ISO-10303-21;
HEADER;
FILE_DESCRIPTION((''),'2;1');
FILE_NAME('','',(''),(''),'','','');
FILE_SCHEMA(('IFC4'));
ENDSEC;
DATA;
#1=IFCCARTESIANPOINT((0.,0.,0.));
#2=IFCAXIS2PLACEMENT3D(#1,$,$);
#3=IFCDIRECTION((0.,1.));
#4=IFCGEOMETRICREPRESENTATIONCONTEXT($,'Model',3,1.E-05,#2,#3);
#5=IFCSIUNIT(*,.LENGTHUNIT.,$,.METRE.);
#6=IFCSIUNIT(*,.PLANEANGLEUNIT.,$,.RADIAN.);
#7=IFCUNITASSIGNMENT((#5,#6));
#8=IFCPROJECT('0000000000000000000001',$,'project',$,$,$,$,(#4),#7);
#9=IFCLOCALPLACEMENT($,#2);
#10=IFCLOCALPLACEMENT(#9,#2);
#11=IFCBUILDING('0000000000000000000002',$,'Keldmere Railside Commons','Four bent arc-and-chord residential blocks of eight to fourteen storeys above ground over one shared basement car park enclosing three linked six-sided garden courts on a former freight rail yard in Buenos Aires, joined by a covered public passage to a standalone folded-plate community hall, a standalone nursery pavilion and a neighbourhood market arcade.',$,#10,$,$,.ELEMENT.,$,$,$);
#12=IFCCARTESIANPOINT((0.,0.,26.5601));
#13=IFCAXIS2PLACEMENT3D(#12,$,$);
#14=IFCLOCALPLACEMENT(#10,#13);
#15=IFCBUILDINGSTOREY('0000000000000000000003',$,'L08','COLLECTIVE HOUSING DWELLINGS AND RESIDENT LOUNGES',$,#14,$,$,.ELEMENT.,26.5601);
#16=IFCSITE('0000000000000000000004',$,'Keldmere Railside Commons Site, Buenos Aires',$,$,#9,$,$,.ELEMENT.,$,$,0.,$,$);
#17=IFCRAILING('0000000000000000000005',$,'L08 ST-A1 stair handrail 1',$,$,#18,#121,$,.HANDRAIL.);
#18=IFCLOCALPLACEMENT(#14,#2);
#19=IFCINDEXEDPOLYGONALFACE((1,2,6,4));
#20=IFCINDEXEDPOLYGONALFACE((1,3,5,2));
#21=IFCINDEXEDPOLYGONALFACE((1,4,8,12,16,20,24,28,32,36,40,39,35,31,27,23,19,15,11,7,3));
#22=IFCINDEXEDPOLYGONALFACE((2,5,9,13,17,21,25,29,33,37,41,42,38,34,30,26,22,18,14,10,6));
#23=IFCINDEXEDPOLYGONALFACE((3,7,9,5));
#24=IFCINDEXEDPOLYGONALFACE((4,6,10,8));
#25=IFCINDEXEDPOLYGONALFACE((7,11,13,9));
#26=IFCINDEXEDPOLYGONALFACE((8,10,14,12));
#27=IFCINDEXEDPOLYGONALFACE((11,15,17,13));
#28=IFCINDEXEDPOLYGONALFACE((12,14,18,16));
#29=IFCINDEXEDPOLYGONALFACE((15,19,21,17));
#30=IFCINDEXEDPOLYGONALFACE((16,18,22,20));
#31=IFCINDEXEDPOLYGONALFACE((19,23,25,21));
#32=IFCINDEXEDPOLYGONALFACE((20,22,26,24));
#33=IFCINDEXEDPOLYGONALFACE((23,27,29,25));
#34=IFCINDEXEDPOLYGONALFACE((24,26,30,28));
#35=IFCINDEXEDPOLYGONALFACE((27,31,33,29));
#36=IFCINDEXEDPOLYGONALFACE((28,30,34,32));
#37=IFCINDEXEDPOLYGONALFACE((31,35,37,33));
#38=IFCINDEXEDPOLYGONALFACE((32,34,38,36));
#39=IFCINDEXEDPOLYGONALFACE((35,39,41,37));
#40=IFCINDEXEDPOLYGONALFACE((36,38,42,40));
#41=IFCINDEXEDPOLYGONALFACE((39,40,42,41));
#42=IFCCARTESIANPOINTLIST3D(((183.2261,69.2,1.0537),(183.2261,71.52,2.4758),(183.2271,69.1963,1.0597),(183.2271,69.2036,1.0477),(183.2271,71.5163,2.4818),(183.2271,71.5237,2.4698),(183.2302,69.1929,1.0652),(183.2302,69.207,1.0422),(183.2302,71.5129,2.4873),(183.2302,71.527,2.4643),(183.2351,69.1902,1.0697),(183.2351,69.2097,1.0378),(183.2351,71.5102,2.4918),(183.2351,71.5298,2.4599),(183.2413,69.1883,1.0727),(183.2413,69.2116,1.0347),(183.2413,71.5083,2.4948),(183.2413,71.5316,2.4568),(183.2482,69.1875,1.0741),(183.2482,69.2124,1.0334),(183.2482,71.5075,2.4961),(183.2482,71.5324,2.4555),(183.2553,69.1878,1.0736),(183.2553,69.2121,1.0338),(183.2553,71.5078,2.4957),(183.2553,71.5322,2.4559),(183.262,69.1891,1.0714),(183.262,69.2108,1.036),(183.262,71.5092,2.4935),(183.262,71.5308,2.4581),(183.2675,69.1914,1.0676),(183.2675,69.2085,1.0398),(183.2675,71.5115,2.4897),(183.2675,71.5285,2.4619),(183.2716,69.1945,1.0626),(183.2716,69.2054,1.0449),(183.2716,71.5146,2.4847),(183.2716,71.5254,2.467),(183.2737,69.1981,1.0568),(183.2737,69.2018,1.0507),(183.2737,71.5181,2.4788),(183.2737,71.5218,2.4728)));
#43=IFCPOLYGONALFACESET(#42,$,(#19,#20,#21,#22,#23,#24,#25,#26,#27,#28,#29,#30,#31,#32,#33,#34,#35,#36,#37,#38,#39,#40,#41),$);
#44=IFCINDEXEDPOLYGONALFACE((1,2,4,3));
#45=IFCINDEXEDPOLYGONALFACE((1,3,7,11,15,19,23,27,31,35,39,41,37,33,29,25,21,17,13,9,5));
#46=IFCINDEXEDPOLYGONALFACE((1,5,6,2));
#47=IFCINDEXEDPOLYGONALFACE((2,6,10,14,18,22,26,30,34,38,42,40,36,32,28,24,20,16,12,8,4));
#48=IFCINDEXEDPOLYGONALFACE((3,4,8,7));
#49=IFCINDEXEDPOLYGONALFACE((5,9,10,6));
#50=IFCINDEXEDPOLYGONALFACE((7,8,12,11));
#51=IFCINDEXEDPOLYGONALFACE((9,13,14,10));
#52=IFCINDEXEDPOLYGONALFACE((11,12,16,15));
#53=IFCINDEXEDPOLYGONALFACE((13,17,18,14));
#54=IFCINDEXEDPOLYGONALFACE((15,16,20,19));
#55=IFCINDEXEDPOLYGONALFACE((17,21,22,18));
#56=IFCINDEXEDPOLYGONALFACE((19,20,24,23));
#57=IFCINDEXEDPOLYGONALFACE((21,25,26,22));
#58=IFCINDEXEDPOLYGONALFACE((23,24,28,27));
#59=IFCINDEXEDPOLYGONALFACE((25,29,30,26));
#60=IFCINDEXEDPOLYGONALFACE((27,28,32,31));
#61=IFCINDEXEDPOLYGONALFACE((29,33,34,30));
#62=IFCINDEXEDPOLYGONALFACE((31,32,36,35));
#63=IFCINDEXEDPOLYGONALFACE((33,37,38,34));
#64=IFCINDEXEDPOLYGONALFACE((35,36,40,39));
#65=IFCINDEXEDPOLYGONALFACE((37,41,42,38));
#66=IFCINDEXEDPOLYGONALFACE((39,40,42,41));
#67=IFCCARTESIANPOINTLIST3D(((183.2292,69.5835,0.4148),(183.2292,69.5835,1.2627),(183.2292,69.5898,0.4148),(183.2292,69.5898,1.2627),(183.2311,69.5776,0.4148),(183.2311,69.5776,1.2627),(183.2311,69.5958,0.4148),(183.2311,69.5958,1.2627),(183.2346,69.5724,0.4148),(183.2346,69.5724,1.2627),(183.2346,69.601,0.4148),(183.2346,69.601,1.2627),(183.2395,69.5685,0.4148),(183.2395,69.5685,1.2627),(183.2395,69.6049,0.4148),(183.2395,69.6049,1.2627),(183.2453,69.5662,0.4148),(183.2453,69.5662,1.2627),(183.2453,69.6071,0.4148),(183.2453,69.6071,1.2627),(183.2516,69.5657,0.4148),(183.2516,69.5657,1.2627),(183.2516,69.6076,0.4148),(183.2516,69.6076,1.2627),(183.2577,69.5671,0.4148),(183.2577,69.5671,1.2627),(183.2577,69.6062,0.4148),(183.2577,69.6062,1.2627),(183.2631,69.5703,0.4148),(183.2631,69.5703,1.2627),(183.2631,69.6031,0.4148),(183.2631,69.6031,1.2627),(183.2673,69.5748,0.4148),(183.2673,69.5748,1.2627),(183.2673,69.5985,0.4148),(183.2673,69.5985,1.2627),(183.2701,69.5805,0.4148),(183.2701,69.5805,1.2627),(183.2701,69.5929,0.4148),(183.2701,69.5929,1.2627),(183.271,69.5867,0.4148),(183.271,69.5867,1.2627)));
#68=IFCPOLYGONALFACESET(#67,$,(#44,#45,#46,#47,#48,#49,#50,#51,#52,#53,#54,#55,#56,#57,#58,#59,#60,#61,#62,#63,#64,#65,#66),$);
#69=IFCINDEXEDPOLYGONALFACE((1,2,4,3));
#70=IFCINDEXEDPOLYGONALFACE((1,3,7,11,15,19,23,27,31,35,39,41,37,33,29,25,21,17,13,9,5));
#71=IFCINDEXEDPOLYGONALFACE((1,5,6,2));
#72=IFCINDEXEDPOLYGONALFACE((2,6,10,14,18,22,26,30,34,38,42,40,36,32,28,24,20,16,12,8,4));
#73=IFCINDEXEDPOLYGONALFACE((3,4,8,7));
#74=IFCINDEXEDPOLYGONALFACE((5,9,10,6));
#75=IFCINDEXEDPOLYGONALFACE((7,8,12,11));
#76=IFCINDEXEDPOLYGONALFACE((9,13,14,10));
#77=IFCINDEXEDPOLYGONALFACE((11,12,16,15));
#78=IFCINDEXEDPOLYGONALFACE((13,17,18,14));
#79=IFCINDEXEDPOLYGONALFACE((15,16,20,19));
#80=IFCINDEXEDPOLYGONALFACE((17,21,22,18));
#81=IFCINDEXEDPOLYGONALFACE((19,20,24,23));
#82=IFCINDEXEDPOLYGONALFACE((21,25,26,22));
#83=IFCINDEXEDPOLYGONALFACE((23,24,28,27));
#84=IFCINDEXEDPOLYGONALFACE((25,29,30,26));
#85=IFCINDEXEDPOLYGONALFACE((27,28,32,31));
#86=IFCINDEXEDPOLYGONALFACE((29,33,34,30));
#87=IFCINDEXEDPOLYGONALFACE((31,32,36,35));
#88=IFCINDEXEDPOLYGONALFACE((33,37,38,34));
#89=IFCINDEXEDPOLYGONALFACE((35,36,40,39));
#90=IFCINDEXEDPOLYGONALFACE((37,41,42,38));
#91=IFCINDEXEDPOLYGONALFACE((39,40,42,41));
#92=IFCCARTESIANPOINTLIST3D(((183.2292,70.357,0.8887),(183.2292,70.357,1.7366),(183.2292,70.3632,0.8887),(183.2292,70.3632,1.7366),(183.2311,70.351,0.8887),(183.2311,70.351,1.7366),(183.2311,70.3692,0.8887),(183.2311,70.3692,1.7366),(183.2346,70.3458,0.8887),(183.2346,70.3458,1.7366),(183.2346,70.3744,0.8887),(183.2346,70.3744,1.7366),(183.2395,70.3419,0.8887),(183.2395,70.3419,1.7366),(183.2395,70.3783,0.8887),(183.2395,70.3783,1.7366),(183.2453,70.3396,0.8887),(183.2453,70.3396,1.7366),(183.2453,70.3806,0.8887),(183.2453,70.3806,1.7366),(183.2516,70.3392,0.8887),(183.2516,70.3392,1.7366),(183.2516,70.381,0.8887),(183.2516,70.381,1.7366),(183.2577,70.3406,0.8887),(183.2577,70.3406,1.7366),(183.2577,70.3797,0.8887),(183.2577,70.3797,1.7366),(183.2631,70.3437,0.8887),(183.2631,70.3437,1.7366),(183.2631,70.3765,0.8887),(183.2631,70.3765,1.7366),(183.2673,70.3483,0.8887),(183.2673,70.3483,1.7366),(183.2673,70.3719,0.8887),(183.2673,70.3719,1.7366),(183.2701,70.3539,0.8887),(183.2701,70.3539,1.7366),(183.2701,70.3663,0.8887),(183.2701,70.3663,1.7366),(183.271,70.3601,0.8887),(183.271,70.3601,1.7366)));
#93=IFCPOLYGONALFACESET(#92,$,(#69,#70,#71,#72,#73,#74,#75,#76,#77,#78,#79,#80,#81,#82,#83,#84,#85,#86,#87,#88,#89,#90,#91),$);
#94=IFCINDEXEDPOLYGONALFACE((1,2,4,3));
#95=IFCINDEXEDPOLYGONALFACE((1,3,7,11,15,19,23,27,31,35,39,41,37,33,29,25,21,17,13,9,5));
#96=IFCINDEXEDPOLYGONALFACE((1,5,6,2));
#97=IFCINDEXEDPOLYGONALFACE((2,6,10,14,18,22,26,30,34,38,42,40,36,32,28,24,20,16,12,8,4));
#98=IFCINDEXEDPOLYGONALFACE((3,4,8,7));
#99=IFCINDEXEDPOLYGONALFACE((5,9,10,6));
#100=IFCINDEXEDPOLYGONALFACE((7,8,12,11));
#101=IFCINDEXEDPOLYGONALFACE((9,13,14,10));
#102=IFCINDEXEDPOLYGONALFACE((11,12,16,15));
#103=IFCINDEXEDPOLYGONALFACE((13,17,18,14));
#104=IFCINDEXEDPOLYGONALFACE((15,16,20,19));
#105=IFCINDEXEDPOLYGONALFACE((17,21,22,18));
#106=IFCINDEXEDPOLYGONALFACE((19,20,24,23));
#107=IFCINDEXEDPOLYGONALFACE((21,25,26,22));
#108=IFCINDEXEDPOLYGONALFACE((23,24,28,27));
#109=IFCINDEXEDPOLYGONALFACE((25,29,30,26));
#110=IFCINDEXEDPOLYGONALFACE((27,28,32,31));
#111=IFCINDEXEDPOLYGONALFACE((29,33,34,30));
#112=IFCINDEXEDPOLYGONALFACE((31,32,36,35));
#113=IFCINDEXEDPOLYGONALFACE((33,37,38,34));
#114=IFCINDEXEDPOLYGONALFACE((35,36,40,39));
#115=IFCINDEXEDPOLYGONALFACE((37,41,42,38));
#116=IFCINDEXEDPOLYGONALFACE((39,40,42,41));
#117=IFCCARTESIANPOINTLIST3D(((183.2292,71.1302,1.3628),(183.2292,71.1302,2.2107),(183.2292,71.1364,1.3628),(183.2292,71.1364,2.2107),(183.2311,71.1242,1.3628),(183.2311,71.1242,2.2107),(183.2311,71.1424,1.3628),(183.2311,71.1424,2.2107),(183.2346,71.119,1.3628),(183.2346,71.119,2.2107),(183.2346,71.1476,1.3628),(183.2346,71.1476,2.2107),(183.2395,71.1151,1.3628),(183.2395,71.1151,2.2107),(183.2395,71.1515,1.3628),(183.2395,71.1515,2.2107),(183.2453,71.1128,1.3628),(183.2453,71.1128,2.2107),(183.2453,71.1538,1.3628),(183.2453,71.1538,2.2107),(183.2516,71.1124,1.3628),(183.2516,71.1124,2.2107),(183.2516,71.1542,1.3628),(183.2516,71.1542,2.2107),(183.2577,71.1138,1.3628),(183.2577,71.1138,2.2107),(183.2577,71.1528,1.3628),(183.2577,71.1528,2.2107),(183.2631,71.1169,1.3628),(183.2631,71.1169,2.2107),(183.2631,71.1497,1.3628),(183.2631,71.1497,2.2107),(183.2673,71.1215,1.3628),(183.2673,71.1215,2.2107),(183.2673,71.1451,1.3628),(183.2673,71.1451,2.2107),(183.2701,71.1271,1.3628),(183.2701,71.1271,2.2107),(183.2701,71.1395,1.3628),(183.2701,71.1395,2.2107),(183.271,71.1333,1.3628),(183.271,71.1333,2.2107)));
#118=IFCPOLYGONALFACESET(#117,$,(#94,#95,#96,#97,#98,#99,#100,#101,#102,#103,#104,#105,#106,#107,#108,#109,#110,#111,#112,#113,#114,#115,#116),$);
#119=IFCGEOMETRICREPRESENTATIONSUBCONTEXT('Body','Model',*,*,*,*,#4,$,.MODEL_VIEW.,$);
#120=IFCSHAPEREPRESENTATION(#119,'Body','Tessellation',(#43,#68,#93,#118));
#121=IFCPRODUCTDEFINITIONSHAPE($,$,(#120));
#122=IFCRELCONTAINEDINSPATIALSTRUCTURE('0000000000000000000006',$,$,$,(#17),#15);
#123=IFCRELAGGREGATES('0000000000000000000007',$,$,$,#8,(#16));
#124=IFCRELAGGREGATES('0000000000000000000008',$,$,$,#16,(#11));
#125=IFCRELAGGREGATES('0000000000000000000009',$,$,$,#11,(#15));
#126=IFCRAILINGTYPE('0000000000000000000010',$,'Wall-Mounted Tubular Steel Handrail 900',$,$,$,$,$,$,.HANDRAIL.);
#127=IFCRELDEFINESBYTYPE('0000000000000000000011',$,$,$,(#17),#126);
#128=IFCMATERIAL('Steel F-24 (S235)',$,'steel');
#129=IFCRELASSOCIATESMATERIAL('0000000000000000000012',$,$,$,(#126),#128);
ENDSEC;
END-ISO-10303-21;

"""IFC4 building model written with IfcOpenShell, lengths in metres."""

from ifc_helpers import new_model, si_unit, direction, frame, origin, origin_2d, place, context, subcontext, project, spatial, circle, extrude, material, type_object, element, save


model = new_model("IFC4")

# Units and contexts
model_context = context("Model", 3, precision=1e-05, world=origin(), true_north=direction((0.0, 1.0)))
body_context = subcontext(model_context, "Body", "Model", "MODEL_VIEW")
ifc_project = project(units=[si_unit("LENGTHUNIT", "METRE"), si_unit("PLANEANGLEUNIT", "RADIAN")], contexts=[model_context])

# Site, building, storey
site_placement = place(None, origin())
site = spatial("IfcSite", under=ifc_project, at=site_placement, Name="Keldmere Railside Commons Site, Buenos Aires", CompositionType="ELEMENT", RefElevation=0.0)
building_placement = place(site_placement, origin())
building = spatial("IfcBuilding", under=site, at=building_placement, Name="Keldmere Railside Commons", Description="Four bent arc-and-chord residential blocks of eight to fourteen storeys above ground over one shared basement car park enclosing three linked six-sided garden courts on a former freight rail yard in Buenos Aires, joined by a covered public passage to a standalone folded-plate community hall, a standalone nursery pavilion and a neighbourhood market arcade.", CompositionType="ELEMENT")
storey_placement = place(building_placement, frame((0.0, 0.0, 26.5601)))
storey = spatial("IfcBuildingStorey", under=building, at=storey_placement, Name="L08", Description="COLLECTIVE HOUSING DWELLINGS AND RESIDENT LOUNGES", CompositionType="ELEMENT", Elevation=26.5601)

# Shared definitions
ifc_material_1 = material(Name="Steel F-24 (S235)", Category="steel")

# Railing
railing_type_1 = type_object("IfcRailingType", Name="Wall-Mounted Tubular Steel Handrail 900", PredefinedType="HANDRAIL", material=ifc_material_1)
railing_1_placement = place(storey_placement, frame((183.25, 69.2, 0.1777)))
element("IfcRailing", 1, at=railing_1_placement, inside=storey, type_object=railing_type_1, Name="L08 ST-A1 stair handrail 1", PredefinedType="HANDRAIL", context=body_context, shape_type="SweptSolid", body=[
    extrude(circle(Radius=0.0239, at=origin_2d()), frame((0.0, 0.0, 0.876), z_axis=(0.0, 0.852578, 0.5226), x_axis=(-1.0, 0.0, 0.0)), (0.0, 0.0, 1.0), 2.7212),
    extrude(circle(Radius=0.021, at=origin_2d()), frame((0.0, 0.3867, 0.2371)), (0.0, 0.0, 1.0), 0.8479),
    extrude(circle(Radius=0.021, at=origin_2d()), frame((0.0, 1.1602, 0.7109)), (0.0, 0.0, 1.0), 0.8479),
    extrude(circle(Radius=0.021, at=origin_2d()), frame((0.0, 1.9333, 1.1851)), (0.0, 0.0, 1.0), 0.8479),
])

save(model, "model.ifc")
